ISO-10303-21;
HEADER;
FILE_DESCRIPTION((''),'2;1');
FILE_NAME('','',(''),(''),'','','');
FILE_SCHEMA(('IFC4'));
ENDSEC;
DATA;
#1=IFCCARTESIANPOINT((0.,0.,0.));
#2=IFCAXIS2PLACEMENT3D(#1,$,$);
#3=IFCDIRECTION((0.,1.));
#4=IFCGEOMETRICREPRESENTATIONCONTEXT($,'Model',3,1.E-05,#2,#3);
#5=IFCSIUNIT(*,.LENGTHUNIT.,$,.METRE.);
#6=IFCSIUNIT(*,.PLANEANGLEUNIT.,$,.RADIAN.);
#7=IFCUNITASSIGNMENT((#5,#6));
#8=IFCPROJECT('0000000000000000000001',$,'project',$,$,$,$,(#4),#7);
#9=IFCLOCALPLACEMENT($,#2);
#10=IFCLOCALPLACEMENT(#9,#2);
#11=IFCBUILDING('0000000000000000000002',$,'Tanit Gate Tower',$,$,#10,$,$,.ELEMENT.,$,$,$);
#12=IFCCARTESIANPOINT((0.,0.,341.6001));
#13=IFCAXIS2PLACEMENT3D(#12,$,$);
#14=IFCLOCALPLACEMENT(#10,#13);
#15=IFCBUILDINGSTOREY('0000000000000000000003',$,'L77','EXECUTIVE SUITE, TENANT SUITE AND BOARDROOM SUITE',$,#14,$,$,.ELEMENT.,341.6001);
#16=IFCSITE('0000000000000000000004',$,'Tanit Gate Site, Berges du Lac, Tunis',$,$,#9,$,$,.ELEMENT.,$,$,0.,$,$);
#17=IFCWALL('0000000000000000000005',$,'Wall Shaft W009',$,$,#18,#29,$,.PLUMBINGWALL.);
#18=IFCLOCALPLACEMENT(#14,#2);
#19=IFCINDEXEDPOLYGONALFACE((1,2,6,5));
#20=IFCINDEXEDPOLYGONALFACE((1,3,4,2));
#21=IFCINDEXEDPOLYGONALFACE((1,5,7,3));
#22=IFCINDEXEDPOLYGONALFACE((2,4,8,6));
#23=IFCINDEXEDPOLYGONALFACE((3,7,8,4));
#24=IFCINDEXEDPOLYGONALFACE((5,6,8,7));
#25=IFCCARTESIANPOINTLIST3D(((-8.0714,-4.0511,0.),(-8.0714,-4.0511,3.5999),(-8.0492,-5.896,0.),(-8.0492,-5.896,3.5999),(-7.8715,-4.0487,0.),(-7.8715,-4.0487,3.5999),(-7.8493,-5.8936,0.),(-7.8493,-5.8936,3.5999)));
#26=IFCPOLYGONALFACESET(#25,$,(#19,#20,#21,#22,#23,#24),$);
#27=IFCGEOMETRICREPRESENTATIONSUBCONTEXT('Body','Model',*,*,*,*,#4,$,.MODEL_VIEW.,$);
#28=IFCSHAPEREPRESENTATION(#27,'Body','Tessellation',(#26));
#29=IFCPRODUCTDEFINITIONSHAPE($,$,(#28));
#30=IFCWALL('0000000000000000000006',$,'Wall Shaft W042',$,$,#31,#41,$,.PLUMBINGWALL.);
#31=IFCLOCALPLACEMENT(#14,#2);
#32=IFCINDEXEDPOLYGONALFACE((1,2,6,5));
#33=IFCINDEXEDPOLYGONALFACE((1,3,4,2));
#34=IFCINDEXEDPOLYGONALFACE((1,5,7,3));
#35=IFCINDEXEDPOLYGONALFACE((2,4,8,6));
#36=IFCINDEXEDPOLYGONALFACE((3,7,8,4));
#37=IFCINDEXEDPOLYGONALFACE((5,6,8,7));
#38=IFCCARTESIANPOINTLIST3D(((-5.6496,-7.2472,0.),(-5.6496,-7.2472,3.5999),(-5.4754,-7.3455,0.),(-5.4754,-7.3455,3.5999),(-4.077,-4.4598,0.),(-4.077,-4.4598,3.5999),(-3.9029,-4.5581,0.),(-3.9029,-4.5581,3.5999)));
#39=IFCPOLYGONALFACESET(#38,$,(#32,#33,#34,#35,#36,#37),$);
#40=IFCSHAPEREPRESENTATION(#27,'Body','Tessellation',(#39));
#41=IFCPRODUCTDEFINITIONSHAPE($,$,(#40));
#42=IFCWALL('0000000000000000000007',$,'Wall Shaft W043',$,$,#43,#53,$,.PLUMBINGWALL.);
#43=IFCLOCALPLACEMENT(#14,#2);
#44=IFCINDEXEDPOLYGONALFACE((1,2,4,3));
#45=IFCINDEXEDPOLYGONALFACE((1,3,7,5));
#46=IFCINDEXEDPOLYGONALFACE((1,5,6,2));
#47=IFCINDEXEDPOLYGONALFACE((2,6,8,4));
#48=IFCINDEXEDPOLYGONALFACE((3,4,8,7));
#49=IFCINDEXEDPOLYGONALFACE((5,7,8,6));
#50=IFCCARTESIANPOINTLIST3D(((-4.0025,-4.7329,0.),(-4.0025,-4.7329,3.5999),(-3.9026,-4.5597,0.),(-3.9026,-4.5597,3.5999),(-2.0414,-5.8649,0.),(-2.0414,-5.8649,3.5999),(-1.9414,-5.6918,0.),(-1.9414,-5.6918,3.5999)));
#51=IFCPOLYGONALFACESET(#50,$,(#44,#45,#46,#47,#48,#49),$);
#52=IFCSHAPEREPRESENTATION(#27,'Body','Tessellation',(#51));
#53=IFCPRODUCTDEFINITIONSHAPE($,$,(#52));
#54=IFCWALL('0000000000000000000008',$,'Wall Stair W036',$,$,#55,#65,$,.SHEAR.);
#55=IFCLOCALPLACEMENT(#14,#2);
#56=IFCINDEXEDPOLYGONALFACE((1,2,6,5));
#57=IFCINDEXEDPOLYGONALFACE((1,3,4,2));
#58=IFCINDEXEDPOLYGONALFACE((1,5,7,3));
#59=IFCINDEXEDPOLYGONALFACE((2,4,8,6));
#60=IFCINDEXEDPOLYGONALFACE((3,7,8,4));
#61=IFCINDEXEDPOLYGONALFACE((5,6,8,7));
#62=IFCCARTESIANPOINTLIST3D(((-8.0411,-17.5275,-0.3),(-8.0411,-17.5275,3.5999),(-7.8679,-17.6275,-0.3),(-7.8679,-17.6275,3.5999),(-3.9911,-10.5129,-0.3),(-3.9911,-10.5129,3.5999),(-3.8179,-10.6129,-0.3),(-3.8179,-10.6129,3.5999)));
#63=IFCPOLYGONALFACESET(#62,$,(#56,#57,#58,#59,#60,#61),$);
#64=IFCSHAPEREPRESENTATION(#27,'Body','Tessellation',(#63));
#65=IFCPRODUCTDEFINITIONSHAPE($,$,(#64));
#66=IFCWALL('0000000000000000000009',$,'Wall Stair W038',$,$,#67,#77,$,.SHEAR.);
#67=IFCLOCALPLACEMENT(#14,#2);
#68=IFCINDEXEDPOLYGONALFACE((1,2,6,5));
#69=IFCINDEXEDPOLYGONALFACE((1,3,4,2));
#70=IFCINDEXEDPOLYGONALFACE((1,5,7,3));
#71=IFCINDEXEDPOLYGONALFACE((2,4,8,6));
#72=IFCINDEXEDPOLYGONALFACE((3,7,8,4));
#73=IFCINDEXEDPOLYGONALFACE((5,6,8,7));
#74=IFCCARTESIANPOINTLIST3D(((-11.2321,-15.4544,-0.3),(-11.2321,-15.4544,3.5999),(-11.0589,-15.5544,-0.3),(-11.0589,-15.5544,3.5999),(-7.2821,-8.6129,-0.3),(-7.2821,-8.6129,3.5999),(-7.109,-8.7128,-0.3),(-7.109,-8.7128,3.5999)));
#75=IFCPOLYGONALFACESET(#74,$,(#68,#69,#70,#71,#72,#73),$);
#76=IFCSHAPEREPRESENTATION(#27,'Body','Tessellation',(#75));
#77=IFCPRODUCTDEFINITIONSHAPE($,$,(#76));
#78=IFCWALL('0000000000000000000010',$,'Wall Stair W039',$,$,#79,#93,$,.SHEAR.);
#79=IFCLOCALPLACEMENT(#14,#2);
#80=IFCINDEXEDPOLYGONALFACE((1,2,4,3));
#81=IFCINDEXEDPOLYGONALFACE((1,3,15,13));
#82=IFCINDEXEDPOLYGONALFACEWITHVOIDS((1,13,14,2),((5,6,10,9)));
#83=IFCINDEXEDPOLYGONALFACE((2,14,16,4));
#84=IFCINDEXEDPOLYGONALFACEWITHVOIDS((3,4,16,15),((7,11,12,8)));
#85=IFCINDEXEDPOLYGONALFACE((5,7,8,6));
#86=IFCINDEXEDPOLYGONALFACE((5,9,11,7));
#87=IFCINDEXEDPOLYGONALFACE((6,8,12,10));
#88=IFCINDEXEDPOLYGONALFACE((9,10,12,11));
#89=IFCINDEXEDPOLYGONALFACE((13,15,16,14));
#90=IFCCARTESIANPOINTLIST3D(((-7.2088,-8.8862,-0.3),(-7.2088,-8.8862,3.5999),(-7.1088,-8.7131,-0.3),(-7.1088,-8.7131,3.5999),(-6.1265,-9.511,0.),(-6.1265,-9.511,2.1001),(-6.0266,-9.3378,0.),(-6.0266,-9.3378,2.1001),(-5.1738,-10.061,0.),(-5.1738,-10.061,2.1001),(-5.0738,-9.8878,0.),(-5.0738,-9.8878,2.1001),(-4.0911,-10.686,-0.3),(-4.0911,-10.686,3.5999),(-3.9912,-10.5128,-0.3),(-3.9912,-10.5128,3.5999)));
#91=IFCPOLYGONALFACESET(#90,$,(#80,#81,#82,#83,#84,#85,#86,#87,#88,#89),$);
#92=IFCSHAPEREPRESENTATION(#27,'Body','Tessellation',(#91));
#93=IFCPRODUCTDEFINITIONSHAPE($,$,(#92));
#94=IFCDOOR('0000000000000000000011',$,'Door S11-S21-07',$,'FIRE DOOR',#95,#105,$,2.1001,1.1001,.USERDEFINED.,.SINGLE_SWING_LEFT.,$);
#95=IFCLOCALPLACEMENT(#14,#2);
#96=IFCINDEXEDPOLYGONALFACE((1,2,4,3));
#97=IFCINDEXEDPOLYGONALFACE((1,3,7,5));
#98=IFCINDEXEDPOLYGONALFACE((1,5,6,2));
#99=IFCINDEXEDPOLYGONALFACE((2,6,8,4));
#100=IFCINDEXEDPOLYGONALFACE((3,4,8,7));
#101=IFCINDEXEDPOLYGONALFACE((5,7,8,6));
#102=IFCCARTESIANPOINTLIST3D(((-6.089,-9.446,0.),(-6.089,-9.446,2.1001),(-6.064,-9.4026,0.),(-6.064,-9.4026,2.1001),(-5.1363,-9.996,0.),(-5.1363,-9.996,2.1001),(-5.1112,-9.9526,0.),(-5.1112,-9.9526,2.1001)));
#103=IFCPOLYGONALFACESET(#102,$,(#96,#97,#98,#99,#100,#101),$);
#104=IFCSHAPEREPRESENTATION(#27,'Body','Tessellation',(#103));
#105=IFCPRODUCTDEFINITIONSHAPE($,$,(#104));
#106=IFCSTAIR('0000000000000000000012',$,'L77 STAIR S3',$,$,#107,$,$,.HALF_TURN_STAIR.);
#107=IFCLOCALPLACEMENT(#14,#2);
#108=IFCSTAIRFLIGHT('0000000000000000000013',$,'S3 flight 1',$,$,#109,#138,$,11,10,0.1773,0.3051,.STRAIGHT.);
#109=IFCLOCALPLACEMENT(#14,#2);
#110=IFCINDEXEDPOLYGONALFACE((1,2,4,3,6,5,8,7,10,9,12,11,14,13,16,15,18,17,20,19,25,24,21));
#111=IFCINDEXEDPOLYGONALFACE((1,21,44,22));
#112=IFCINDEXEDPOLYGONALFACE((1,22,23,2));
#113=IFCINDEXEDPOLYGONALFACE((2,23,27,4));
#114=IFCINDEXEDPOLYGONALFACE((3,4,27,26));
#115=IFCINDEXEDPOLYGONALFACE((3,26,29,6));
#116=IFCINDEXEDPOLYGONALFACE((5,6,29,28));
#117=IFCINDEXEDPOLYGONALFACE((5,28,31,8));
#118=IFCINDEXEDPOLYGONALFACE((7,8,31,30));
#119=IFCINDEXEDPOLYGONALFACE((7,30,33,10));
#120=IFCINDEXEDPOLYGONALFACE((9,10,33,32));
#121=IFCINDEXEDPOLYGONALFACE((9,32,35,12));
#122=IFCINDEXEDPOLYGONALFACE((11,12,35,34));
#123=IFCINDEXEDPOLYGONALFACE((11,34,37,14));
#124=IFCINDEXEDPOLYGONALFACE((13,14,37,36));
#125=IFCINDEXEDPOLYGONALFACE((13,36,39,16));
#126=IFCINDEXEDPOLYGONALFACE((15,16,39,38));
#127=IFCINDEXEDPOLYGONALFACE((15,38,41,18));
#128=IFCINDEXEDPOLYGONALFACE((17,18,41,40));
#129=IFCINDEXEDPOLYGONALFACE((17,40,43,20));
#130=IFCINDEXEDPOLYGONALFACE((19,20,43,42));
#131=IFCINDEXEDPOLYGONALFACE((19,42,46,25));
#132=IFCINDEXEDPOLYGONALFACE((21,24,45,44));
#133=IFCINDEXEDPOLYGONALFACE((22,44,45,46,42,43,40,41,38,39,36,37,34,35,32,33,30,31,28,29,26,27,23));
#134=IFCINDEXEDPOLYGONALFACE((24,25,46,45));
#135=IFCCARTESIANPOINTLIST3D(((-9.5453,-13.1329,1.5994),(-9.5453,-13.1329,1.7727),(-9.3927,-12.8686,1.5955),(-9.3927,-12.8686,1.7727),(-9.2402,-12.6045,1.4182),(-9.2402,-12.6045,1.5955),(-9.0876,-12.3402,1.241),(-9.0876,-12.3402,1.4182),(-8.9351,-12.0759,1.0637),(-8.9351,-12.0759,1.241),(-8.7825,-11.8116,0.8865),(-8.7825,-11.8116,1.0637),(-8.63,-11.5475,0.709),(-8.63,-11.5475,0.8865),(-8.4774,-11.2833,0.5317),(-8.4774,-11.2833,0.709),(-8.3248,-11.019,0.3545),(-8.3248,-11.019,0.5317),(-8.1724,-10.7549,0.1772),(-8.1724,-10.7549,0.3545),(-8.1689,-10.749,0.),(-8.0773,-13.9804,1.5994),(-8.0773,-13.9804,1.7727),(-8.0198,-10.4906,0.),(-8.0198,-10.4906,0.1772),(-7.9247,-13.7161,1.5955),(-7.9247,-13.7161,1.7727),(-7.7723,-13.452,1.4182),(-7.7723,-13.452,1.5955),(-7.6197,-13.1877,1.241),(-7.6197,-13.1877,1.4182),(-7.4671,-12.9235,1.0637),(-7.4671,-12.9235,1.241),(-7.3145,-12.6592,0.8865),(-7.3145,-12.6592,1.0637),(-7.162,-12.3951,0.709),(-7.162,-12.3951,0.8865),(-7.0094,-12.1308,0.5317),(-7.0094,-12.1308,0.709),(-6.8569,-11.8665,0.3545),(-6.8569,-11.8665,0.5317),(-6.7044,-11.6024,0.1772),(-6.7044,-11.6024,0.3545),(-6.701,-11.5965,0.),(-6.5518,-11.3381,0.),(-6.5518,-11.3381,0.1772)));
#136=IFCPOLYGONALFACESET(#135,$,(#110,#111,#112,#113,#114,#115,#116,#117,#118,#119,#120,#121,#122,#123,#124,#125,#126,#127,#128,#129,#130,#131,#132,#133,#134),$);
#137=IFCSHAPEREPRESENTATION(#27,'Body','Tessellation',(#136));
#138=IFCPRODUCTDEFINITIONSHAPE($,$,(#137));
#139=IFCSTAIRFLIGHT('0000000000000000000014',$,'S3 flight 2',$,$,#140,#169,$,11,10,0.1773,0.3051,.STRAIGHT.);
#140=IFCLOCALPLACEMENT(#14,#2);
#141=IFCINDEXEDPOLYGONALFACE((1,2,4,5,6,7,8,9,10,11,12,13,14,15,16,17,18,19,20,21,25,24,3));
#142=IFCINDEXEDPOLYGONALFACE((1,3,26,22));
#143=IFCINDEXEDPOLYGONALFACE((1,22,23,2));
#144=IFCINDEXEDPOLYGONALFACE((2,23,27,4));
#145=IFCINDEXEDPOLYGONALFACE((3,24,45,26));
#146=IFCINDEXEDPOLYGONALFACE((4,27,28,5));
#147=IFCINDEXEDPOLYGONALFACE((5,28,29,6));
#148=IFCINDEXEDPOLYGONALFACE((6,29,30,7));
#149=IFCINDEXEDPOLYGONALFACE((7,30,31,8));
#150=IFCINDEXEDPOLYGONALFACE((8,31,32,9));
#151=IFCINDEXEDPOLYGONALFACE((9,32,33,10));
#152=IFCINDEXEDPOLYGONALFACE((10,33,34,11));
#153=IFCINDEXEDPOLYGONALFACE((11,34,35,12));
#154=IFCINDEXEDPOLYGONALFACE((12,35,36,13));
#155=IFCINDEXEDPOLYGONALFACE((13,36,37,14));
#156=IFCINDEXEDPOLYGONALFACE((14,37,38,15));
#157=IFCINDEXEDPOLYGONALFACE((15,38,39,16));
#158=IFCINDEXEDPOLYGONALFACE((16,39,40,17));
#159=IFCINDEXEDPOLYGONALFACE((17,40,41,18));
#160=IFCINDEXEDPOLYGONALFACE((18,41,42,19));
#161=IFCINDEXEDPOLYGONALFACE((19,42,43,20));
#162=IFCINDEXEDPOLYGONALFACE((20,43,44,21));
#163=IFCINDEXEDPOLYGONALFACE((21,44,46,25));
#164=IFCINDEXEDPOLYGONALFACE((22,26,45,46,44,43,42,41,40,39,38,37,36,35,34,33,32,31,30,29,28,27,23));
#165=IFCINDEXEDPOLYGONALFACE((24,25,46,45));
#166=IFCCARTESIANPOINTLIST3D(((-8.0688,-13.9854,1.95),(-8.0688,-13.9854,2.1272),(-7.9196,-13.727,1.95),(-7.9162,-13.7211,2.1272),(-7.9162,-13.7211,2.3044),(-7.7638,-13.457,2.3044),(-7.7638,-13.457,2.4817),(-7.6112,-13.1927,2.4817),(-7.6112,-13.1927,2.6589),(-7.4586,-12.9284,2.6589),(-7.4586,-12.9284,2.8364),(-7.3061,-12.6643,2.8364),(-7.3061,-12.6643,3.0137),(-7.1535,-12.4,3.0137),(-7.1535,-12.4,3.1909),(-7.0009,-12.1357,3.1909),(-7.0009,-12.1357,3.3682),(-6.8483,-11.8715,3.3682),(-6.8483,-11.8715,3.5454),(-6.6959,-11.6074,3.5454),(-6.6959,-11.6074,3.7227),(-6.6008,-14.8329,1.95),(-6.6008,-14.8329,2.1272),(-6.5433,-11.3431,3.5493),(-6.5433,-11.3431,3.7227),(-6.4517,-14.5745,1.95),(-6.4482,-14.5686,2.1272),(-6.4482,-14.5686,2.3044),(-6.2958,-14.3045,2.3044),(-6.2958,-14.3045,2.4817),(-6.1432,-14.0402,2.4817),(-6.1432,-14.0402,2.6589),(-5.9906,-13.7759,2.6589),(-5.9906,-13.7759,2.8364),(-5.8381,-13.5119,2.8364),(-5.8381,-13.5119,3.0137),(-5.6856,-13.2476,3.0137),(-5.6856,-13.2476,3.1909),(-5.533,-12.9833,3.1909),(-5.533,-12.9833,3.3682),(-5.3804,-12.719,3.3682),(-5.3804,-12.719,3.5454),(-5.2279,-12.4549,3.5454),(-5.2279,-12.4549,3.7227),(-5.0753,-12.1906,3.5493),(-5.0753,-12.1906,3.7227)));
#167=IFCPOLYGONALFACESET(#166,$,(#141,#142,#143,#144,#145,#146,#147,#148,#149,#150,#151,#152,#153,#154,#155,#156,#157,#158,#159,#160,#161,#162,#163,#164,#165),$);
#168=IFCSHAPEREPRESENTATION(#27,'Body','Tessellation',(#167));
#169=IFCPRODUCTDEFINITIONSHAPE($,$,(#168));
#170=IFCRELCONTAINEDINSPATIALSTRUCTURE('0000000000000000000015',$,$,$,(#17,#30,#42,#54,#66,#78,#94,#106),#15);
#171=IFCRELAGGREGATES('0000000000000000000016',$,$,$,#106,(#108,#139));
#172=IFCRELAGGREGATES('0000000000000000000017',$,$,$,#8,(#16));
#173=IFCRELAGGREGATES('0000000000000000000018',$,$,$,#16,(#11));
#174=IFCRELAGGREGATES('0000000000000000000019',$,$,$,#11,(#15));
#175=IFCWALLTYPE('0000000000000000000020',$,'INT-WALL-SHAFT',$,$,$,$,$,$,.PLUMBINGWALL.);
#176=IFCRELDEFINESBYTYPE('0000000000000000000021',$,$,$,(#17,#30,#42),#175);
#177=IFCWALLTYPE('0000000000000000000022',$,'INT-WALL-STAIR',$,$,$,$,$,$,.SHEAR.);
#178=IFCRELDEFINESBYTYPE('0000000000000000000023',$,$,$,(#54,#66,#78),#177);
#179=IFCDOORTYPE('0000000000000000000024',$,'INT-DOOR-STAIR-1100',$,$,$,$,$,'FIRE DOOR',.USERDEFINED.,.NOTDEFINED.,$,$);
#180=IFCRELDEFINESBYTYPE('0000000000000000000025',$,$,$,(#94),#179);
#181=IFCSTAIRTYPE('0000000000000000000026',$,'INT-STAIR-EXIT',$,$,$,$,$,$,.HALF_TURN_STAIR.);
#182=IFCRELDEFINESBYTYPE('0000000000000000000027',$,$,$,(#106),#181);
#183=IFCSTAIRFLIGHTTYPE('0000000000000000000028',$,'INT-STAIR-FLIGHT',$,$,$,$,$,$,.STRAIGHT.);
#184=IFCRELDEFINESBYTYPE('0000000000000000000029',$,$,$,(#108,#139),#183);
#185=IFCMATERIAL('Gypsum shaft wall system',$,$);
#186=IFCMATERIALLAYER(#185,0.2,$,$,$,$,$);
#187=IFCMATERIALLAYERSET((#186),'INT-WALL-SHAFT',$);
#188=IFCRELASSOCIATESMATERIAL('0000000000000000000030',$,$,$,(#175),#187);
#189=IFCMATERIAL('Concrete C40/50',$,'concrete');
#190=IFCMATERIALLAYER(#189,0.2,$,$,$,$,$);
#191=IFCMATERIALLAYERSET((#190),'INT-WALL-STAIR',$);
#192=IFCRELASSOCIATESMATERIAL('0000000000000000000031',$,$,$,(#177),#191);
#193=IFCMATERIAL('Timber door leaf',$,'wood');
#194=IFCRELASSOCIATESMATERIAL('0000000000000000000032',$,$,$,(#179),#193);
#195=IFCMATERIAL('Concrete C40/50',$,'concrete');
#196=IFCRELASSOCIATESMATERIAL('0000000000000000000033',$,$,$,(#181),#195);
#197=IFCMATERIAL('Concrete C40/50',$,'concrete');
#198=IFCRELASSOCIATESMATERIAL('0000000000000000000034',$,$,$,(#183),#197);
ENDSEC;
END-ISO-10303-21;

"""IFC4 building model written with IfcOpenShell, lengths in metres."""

from ifc_helpers import new_model, si_unit, direction, frame, frame_2d, origin, place, context, subcontext, project, spatial, polyline, rectangle, outline, extrude, material, layer, layer_set, type_object, element, fill, aggregate, save


model = new_model("IFC4")

# Units and contexts
model_context = context("Model", 3, precision=1e-05, world=origin(), true_north=direction((0.0, 1.0)))
body_context = subcontext(model_context, "Body", "Model", "MODEL_VIEW")
ifc_project = project(units=[si_unit("LENGTHUNIT", "METRE"), si_unit("PLANEANGLEUNIT", "RADIAN")], contexts=[model_context])

# Site, building, storey
site_placement = place(None, origin())
site = spatial("IfcSite", under=ifc_project, at=site_placement, Name="Tanit Gate Site, Berges du Lac, Tunis", CompositionType="ELEMENT", RefElevation=0.0)
building_placement = place(site_placement, origin())
building = spatial("IfcBuilding", under=site, at=building_placement, Name="Tanit Gate Tower", CompositionType="ELEMENT")
storey_placement = place(building_placement, frame((0.0, 0.0, 341.6001)))
storey = spatial("IfcBuildingStorey", under=building, at=storey_placement, Name="L77", Description="EXECUTIVE SUITE, TENANT SUITE AND BOARDROOM SUITE", CompositionType="ELEMENT", Elevation=341.6001)

# Wall
ifc_material_1 = material(Name="Gypsum shaft wall system")
ifc_layer_1 = layer(ifc_material_1, 0.2)
ifc_layer_set_1 = layer_set([ifc_layer_1], Name="INT-WALL-SHAFT")
wall_type_1 = type_object("IfcWallType", Name="INT-WALL-SHAFT", PredefinedType="PLUMBINGWALL", material=ifc_layer_set_1)
wall_1_placement = place(storey_placement, frame((-7.9714, -4.05, 0.0), z_axis=(0.0, 0.0, 1.0), x_axis=(0.012043, -0.999927, 0.0)))
element("IfcWall", 1, at=wall_1_placement, inside=storey, type_object=wall_type_1, Name="Wall Shaft W009", PredefinedType="PLUMBINGWALL", context=body_context, shape_type="SweptSolid", body=[
    extrude(rectangle(XDim=1.845, YDim=0.2, at=frame_2d((0.9224, 0.0))), origin(), (0.0, 0.0, 1.0), 3.5999),
])

# Walls
wall_2_placement = place(storey_placement, frame((-3.99, -4.509, 0.0), z_axis=(0.0, 0.0, 1.0), x_axis=(-0.491358, -0.870958, 0.0)))
element("IfcWall", 2, at=wall_2_placement, inside=storey, type_object=wall_type_1, Name="Wall Shaft W042", PredefinedType="PLUMBINGWALL", context=body_context, shape_type="SweptSolid", body=[
    extrude(rectangle(XDim=3.2004, YDim=0.2, at=frame_2d((1.6001, 0.0))), origin(), (0.0, 0.0, 1.0), 3.5999),
])
wall_3_placement = place(storey_placement, frame((-3.9526, -4.6462, 0.0), z_axis=(0.0, 0.0, 1.0), x_axis=(0.866065, -0.499931, 0.0)))
element("IfcWall", 3, at=wall_3_placement, inside=storey, type_object=wall_type_1, Name="Wall Shaft W043", PredefinedType="PLUMBINGWALL", context=body_context, shape_type="SweptSolid", body=[
    extrude(rectangle(XDim=2.2644, YDim=0.2, at=frame_2d((1.1323, 0.0))), origin(), (0.0, 0.0, 1.0), 3.5999),
])
ifc_material_2 = material(Name="Concrete C40/50", Category="concrete")
ifc_layer_2 = layer(ifc_material_2, 0.2)
ifc_layer_set_2 = layer_set([ifc_layer_2], Name="INT-WALL-STAIR")
wall_type_2 = type_object("IfcWallType", Name="INT-WALL-STAIR", PredefinedType="SHEAR", material=ifc_layer_set_2)
wall_4_placement = place(storey_placement, frame((-3.9045, -10.563, -0.3), z_axis=(0.0, 0.0, 1.0), x_axis=(-0.500013, -0.866018, 0.0)))
element("IfcWall", 4, at=wall_4_placement, inside=storey, type_object=wall_type_2, Name="Wall Stair W036", PredefinedType="SHEAR", context=body_context, shape_type="SweptSolid", body=[
    extrude(rectangle(XDim=8.0999, YDim=0.2, at=frame_2d((4.0498, 0.0))), origin(), (0.0, 0.0, 1.0), 3.8999),
])
wall_5_placement = place(storey_placement, frame((-7.1956, -8.6628, -0.3), z_axis=(0.0, 0.0, 1.0), x_axis=(-0.499998, -0.866027, 0.0)))
element("IfcWall", 5, at=wall_5_placement, inside=storey, type_object=wall_type_2, Name="Wall Stair W038", PredefinedType="SHEAR", context=body_context, shape_type="SweptSolid", body=[
    extrude(rectangle(XDim=7.8999, YDim=0.2, at=frame_2d((3.95, 0.0))), origin(), (0.0, 0.0, 1.0), 3.8999),
])

# Wall, opening, door
wall_6_placement = place(storey_placement, frame((-4.0413, -10.5994, -0.3), z_axis=(0.0, 0.0, 1.0), x_axis=(-0.866048, 0.499961, 0.0)))
wall_6 = element("IfcWall", 6, at=wall_6_placement, inside=storey, type_object=wall_type_2, Name="Wall Stair W039", PredefinedType="SHEAR", context=body_context, shape_type="SweptSolid", body=[
    extrude(rectangle(XDim=3.5999, YDim=0.2, at=frame_2d((1.7998, 0.0))), origin(), (0.0, 0.0, 1.0), 3.8999),
])
opening_1_placement = place(wall_6_placement, frame((1.25, 0.0, 0.3)))
opening_1 = element("IfcOpeningElement", 7, at=opening_1_placement, cuts=wall_6, PredefinedType="OPENING", context=body_context, shape_type="SweptSolid", body=[
    extrude(rectangle(XDim=1.1001, YDim=2.1001, at=frame_2d((0.55, 1.05))), frame((0.0, 0.1099, 0.0), z_axis=(0.0, -1.0, 0.0), x_axis=(1.0, 0.0, 0.0)), (0.0, 0.0, 1.0), 0.22),
])
ifc_material_3 = material(Name="Timber door leaf", Category="wood")
door_type_1 = type_object("IfcDoorType", Name="INT-DOOR-STAIR-1100", ElementType="FIRE DOOR", OperationType="NOTDEFINED", PredefinedType="USERDEFINED", material=ifc_material_3)
door_1_placement = place(opening_1_placement, origin())
door_1 = element("IfcDoor", 8, at=door_1_placement, inside=storey, type_object=door_type_1, Name="Door S11-S21-07", ObjectType="FIRE DOOR", OperationType="SINGLE_SWING_LEFT", OverallHeight=2.1001, OverallWidth=1.1001, PredefinedType="USERDEFINED", context=body_context, shape_type="SweptSolid", body=[
    extrude(rectangle(XDim=1.1001, YDim=2.1001, at=frame_2d((0.55, 1.05))), frame((0.0, 0.0249, 0.0), z_axis=(0.0, -1.0, 0.0), x_axis=(1.0, 0.0, 0.0)), (0.0, 0.0, 1.0), 0.05),
])
fill(opening_1, door_1)

# Stair, stair flights
ifc_material_4 = material(Name="Concrete C40/50", Category="concrete")
stair_type = type_object("IfcStairType", Name="INT-STAIR-EXIT", PredefinedType="HALF_TURN_STAIR", material=ifc_material_4)
stair_placement = place(storey_placement, origin())
stair = element("IfcStair", 9, at=stair_placement, inside=storey, type_object=stair_type, Name="L77 STAIR S3", PredefinedType="HALF_TURN_STAIR")
ifc_material_5 = material(Name="Concrete C40/50", Category="concrete")
stair_flight_type = type_object("IfcStairFlightType", Name="INT-STAIR-FLIGHT", PredefinedType="STRAIGHT", material=ifc_material_5)
stair_flight_1_placement = place(storey_placement, frame((-7.2859, -10.9143, 0.0), z_axis=(0.0, 0.0, 1.0), x_axis=(-0.5, -0.866025, 0.0)))
stair_flight_1 = element("IfcStairFlight", 10, at=stair_flight_1_placement, type_object=stair_flight_type, Name="S3 flight 1", NumberOfRisers=11, NumberOfTreads=10, PredefinedType="STRAIGHT", RiserHeight=0.1773, TreadLength=0.3051, context=body_context, shape_type="SweptSolid", body=[
    extrude(outline(polyline([(0.0, 0.0), (0.0, 0.1772), (0.3052, 0.1772), (0.3052, 0.3545), (0.6101, 0.3545), (0.6101, 0.5317), (0.9153, 0.5317), (0.9153, 0.709), (1.2205, 0.709), (1.2205, 0.8865), (1.5254, 0.8865), (1.5254, 1.0637), (1.8306, 1.0637), (1.8306, 1.241), (2.1357, 1.241), (2.1357, 1.4182), (2.4409, 1.4182), (2.4409, 1.5955), (2.7458, 1.5955), (2.7458, 1.7727), (3.051, 1.7727), (3.051, 1.95), (3.051, 1.5994), (0.2983, 0.0), (0.0, 0.0)])), frame((0.0, 0.8477, 0.0), z_axis=(0.0, -1.0, 0.0), x_axis=(1.0, 0.0, 0.0)), (0.0, 0.0, 1.0), 1.6951),
])
stair_flight_2_placement = place(storey_placement, frame((-7.3347, -14.4092, 1.95), z_axis=(0.0, 0.0, 1.0), x_axis=(0.5, 0.866025, 0.0)))
stair_flight_2 = element("IfcStairFlight", 11, at=stair_flight_2_placement, type_object=stair_flight_type, Name="S3 flight 2", NumberOfRisers=11, NumberOfTreads=10, PredefinedType="STRAIGHT", RiserHeight=0.1773, TreadLength=0.3051, context=body_context, shape_type="SweptSolid", body=[
    extrude(outline(polyline([(0.0, 0.0), (0.0, 0.1772), (0.3052, 0.1772), (0.3052, 0.3545), (0.6101, 0.3545), (0.6101, 0.5317), (0.9153, 0.5317), (0.9153, 0.709), (1.2205, 0.709), (1.2205, 0.8865), (1.5254, 0.8865), (1.5254, 1.0637), (1.8306, 1.0637), (1.8306, 1.241), (2.1357, 1.241), (2.1357, 1.4182), (2.4409, 1.4182), (2.4409, 1.5955), (2.7458, 1.5955), (2.7458, 1.7727), (3.051, 1.7727), (3.051, 1.95), (3.051, 1.5994), (0.2983, 0.0), (0.0, 0.0)])), frame((0.0, 0.8477, 0.0), z_axis=(0.0, -1.0, 0.0), x_axis=(1.0, 0.0, 0.0)), (0.0, 0.0, 1.0), 1.6951),
])
aggregate(stair, [stair_flight_1, stair_flight_2])

save(model, "model.ifc")
